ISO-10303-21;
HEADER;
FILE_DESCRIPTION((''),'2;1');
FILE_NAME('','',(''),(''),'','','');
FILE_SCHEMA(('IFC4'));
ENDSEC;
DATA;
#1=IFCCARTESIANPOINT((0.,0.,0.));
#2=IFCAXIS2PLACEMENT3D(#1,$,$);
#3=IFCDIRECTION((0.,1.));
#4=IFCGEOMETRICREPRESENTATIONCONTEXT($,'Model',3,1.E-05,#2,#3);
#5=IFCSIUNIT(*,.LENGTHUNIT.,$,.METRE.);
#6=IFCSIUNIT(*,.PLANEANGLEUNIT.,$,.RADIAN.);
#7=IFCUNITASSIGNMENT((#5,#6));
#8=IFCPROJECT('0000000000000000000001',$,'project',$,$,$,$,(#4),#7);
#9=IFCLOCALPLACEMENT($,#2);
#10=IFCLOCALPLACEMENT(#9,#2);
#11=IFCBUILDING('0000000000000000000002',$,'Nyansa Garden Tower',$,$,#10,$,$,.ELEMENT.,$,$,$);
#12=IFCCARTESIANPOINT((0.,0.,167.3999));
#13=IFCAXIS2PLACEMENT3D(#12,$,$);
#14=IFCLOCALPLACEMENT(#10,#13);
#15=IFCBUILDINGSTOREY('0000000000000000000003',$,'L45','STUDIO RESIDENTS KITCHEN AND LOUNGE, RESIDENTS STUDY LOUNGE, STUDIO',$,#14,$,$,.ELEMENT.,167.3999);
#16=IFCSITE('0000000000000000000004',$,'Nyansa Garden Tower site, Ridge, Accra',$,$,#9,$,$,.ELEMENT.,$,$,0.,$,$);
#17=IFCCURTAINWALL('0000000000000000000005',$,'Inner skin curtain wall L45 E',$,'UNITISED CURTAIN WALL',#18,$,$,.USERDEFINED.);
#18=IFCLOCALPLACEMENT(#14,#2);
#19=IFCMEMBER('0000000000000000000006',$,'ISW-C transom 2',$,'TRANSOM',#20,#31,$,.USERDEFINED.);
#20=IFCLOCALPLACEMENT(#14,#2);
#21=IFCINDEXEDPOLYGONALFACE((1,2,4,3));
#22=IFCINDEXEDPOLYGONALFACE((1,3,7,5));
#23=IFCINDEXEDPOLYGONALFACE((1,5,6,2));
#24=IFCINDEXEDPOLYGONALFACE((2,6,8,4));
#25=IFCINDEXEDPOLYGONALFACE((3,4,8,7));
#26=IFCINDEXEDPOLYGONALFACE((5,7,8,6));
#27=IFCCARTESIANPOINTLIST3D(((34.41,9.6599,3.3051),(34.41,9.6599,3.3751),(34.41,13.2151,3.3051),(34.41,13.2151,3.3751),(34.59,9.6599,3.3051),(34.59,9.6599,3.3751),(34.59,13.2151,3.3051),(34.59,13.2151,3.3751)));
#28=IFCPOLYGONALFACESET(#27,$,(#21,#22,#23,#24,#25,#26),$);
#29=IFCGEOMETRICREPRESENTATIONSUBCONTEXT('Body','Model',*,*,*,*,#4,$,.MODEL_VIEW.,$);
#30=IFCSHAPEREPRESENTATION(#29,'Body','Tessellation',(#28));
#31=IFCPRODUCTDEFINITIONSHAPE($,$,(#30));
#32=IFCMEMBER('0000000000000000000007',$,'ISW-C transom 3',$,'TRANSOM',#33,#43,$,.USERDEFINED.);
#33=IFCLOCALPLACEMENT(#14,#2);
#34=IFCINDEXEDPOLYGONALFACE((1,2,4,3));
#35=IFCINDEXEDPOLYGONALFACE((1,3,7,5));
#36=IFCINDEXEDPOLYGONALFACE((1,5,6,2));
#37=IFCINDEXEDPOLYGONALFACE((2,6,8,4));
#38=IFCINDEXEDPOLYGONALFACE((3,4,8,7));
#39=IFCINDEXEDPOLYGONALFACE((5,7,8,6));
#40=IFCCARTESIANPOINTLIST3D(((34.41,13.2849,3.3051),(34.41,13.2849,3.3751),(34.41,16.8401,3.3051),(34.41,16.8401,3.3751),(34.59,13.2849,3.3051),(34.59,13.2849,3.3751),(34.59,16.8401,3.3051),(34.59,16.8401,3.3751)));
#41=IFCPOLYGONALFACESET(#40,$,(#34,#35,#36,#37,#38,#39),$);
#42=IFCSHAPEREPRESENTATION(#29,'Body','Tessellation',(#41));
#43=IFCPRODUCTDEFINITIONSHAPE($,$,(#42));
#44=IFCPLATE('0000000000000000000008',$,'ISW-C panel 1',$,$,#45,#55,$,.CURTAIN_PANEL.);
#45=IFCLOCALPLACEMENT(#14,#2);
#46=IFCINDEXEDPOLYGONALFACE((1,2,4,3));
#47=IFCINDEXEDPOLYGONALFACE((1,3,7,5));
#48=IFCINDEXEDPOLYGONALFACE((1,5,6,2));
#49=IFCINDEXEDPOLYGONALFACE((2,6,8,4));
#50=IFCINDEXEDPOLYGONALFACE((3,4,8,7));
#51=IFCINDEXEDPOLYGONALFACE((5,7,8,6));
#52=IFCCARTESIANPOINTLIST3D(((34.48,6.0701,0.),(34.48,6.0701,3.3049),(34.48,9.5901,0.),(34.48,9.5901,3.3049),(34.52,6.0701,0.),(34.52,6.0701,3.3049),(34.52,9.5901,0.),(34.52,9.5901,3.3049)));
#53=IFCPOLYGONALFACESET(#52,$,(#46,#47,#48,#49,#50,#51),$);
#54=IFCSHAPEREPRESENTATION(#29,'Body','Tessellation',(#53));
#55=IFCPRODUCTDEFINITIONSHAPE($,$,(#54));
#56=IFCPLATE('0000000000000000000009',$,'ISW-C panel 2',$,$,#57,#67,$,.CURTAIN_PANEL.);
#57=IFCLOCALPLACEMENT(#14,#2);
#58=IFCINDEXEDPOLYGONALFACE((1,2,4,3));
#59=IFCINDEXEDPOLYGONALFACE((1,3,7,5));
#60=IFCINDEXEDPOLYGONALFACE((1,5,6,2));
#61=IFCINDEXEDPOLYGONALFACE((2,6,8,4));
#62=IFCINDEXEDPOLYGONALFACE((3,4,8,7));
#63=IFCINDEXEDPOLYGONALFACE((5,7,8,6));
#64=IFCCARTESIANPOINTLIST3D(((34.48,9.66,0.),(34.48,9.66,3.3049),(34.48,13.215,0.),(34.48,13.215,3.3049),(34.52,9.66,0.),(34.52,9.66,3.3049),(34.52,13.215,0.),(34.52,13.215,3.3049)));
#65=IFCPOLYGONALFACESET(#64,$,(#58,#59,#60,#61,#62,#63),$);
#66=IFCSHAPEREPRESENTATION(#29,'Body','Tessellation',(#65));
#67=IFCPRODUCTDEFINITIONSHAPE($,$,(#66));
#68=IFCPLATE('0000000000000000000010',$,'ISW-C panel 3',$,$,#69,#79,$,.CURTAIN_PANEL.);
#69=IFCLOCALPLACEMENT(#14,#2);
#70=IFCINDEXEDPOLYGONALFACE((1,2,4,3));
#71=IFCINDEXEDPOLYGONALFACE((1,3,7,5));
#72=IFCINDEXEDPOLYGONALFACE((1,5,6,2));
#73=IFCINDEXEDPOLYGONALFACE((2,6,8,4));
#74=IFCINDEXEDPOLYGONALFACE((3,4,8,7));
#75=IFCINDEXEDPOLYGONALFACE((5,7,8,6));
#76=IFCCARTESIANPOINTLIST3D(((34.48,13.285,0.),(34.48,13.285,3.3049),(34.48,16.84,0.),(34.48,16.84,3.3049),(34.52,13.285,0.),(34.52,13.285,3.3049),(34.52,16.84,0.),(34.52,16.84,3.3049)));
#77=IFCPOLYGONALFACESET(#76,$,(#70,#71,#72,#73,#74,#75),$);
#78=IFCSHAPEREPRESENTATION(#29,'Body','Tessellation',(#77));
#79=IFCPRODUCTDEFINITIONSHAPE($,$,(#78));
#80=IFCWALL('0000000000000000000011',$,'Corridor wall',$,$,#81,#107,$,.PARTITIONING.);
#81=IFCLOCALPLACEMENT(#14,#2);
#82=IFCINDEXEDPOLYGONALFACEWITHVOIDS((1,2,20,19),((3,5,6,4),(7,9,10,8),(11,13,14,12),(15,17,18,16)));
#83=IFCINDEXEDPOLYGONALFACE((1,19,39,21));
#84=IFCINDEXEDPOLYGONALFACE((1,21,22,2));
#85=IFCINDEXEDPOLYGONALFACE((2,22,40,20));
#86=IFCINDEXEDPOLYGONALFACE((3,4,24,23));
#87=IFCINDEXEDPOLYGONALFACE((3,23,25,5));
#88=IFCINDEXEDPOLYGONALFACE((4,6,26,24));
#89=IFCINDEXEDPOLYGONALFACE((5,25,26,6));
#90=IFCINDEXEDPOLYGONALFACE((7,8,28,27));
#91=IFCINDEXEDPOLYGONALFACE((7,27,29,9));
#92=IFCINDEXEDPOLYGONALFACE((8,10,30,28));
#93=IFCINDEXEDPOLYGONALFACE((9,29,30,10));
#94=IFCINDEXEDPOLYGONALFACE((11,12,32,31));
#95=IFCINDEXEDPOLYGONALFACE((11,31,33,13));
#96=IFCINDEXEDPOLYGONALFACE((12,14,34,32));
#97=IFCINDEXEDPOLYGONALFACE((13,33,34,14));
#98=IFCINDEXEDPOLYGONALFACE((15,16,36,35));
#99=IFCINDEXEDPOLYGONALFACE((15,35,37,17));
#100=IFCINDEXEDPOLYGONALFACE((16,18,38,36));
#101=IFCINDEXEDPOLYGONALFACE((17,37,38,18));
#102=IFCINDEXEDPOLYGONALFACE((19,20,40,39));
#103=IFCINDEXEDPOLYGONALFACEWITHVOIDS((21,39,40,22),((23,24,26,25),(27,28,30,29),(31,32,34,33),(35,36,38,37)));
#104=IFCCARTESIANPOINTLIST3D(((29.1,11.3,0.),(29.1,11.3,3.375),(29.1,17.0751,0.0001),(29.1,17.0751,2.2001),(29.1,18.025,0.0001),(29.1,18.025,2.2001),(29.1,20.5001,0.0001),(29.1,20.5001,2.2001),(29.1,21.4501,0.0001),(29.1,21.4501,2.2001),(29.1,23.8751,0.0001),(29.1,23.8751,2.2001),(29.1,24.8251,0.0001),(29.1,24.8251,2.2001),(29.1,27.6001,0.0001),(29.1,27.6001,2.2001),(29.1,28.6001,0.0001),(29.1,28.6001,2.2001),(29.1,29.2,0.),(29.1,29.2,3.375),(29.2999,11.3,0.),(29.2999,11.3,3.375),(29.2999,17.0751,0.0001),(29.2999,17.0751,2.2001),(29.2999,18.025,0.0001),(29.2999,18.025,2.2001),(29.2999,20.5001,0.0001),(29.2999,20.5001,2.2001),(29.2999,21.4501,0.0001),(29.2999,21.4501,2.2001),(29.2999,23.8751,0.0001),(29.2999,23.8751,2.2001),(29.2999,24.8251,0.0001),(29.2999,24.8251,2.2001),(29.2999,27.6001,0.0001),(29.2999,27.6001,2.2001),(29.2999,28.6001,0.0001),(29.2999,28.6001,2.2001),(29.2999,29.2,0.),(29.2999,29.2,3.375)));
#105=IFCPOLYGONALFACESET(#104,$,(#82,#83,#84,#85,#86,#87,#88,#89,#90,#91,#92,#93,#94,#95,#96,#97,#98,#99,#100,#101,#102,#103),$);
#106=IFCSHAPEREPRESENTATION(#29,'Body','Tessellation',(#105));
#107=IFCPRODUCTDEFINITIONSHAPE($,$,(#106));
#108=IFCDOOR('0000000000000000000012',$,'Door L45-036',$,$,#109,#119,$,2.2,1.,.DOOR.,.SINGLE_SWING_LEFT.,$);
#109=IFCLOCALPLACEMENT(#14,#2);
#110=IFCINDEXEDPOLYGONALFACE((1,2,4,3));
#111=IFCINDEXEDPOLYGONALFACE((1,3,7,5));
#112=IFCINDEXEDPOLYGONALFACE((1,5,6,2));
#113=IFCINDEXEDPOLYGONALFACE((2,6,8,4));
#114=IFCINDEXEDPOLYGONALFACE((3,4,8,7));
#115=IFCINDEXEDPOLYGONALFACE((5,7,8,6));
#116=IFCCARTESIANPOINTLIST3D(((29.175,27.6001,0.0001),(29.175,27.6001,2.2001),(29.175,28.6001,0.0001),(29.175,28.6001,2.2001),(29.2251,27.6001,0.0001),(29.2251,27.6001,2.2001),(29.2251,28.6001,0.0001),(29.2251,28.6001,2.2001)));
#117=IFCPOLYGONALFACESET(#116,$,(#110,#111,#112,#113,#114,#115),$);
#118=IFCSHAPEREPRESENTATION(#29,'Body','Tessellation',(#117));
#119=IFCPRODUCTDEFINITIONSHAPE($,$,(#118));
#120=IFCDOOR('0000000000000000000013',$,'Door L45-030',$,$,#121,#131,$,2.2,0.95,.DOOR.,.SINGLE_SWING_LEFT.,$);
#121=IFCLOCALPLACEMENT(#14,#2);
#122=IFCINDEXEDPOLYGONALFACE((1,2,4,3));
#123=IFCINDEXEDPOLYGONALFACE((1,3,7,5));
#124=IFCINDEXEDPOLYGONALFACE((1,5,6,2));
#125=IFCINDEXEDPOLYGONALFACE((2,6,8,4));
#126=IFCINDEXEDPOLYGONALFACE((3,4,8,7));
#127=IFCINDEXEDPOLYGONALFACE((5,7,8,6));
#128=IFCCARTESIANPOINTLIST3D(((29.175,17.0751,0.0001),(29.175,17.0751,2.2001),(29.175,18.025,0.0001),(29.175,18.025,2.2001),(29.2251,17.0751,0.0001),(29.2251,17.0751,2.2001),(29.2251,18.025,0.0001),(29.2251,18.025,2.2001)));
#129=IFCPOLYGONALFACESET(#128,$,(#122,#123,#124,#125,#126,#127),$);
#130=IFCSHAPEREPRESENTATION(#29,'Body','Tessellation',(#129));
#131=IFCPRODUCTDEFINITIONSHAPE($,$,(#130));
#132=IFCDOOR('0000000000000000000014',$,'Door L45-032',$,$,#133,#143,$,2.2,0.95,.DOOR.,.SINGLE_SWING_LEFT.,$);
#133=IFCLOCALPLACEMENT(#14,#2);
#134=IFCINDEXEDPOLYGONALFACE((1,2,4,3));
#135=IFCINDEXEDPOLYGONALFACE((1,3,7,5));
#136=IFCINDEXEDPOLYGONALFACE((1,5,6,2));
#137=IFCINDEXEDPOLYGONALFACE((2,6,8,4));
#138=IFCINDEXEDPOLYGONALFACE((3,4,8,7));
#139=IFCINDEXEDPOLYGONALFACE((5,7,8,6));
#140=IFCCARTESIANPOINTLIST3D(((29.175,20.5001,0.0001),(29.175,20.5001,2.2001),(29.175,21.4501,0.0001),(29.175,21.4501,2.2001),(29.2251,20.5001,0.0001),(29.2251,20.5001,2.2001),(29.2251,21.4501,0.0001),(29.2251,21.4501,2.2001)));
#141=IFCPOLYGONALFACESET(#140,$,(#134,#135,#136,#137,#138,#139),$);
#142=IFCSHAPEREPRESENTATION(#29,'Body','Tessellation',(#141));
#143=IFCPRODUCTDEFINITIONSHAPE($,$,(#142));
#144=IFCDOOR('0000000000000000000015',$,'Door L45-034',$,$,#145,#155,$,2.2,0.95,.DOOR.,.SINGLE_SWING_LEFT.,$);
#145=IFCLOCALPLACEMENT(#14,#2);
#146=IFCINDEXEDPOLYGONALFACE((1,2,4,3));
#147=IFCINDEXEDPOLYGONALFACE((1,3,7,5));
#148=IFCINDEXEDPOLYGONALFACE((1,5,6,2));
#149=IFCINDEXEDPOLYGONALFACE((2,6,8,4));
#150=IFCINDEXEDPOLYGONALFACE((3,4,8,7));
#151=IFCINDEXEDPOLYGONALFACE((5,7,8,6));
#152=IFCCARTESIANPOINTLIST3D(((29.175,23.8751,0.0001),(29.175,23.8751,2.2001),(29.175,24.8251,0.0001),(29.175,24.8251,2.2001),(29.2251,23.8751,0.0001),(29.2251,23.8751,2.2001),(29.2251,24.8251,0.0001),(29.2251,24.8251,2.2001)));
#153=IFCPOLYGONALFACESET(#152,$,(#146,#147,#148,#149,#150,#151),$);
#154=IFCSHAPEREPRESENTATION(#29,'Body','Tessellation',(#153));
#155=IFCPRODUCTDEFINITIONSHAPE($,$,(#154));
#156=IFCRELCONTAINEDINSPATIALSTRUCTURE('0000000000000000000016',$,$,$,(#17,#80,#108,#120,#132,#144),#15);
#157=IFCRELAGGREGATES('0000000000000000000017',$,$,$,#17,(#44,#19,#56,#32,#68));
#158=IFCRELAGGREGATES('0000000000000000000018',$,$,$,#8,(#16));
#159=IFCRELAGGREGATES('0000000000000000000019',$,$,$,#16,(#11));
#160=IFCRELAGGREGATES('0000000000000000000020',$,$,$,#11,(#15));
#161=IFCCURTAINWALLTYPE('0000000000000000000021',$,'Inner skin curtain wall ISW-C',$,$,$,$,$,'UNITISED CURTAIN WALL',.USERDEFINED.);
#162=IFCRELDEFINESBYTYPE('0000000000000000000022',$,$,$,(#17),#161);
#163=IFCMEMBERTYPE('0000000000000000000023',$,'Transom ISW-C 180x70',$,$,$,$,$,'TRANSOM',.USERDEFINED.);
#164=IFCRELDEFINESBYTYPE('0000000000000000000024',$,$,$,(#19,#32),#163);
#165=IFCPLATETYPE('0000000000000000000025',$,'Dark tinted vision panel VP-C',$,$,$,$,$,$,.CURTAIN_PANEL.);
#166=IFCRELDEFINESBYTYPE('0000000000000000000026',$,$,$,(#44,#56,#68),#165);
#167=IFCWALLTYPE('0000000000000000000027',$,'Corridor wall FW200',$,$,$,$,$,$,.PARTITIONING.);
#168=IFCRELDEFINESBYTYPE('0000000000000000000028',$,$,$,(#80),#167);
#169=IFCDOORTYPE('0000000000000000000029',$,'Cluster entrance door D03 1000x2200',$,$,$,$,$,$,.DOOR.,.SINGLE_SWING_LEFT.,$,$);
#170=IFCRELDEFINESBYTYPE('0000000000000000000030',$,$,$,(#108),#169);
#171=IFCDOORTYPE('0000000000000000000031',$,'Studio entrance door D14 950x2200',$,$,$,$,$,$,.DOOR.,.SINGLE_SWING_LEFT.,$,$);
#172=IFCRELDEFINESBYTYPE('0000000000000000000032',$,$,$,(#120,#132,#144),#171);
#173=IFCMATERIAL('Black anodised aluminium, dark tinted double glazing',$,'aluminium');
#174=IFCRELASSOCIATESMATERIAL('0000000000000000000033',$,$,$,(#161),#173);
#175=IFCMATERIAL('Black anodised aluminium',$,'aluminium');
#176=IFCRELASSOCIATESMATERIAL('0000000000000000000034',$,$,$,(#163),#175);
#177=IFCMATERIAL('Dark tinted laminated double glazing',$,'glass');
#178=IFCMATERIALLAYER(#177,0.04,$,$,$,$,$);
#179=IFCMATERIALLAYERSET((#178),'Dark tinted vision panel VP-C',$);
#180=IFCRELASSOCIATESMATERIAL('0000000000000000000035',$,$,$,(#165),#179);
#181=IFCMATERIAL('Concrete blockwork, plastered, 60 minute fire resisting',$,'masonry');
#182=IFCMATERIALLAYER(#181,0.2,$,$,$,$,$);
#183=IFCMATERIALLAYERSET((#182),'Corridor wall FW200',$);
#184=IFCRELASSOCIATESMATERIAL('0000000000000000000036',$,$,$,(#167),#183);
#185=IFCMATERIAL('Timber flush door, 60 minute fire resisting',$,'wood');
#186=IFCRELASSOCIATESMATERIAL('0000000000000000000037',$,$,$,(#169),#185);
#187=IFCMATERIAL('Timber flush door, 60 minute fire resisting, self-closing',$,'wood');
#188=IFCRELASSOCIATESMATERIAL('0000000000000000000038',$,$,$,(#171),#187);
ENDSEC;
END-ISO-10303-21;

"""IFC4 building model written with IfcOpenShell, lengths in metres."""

from ifc_helpers import new_model, si_unit, direction, frame, frame_2d, origin, origin_2d, place, context, subcontext, project, spatial, rectangle, extrude, material, layer, layer_set, material_profile, profile_set, type_object, element, fill, aggregate, save


model = new_model("IFC4")

# Units and contexts
model_context = context("Model", 3, precision=1e-05, world=origin(), true_north=direction((0.0, 1.0)))
body_context = subcontext(model_context, "Body", "Model", "MODEL_VIEW")
ifc_project = project(units=[si_unit("LENGTHUNIT", "METRE"), si_unit("PLANEANGLEUNIT", "RADIAN")], contexts=[model_context])

# Site, building, storey
site_placement = place(None, origin())
site = spatial("IfcSite", under=ifc_project, at=site_placement, Name="Nyansa Garden Tower site, Ridge, Accra", CompositionType="ELEMENT", RefElevation=0.0)
building_placement = place(site_placement, origin())
building = spatial("IfcBuilding", under=site, at=building_placement, Name="Nyansa Garden Tower", CompositionType="ELEMENT")
storey_placement = place(building_placement, frame((0.0, 0.0, 167.3999)))
storey = spatial("IfcBuildingStorey", under=building, at=storey_placement, Name="L45", Description="STUDIO RESIDENTS KITCHEN AND LOUNGE, RESIDENTS STUDY LOUNGE, STUDIO", CompositionType="ELEMENT", Elevation=167.3999)

# Curtain wall
ifc_material_1 = material(Name="Black anodised aluminium, dark tinted double glazing", Category="aluminium")
curtain_wall_type = type_object("IfcCurtainWallType", Name="Inner skin curtain wall ISW-C", ElementType="UNITISED CURTAIN WALL", PredefinedType="USERDEFINED", material=ifc_material_1)
curtain_wall_placement = place(storey_placement, origin())
curtain_wall = element("IfcCurtainWall", 1, at=curtain_wall_placement, inside=storey, type_object=curtain_wall_type, Name="Inner skin curtain wall L45 E", ObjectType="UNITISED CURTAIN WALL", PredefinedType="USERDEFINED")

# Members
ifc_material_2 = material(Name="Black anodised aluminium", Category="aluminium")
ifc_material_profile_1 = material_profile(ifc_material_2, rectangle(XDim=0.1799, YDim=0.0701, at=origin_2d()), Name="Transom 180x70")
ifc_profile_set_1 = profile_set([ifc_material_profile_1], Name="Black anodised aluminium")
member_type_1 = type_object("IfcMemberType", Name="Transom ISW-C 180x70", ElementType="TRANSOM", PredefinedType="USERDEFINED", material=ifc_profile_set_1)
member_1_placement = place(storey_placement, frame((34.5, 9.6599, 3.3401), z_axis=(0.0, 1.0, 0.0), x_axis=(-1.0, 0.0, 0.0)))
member_1 = element("IfcMember", 2, at=member_1_placement, type_object=member_type_1, Name="ISW-C transom 2", ObjectType="TRANSOM", PredefinedType="USERDEFINED", context=body_context, shape_type="SweptSolid", body=[
    extrude(rectangle(XDim=0.1799, YDim=0.0701, at=origin_2d()), origin(), (0.0, 0.0, 1.0), 3.5552),
])
member_2_placement = place(storey_placement, frame((34.5, 13.2849, 3.3401), z_axis=(0.0, 1.0, 0.0), x_axis=(-1.0, 0.0, 0.0)))
member_2 = element("IfcMember", 3, at=member_2_placement, type_object=member_type_1, Name="ISW-C transom 3", ObjectType="TRANSOM", PredefinedType="USERDEFINED", context=body_context, shape_type="SweptSolid", body=[
    extrude(rectangle(XDim=0.1799, YDim=0.0701, at=origin_2d()), origin(), (0.0, 0.0, 1.0), 3.5552),
])

# Plates
ifc_material_3 = material(Name="Dark tinted laminated double glazing", Category="glass")
ifc_layer_1 = layer(ifc_material_3, 0.04)
ifc_layer_set_1 = layer_set([ifc_layer_1], Name="Dark tinted vision panel VP-C")
plate_type = type_object("IfcPlateType", Name="Dark tinted vision panel VP-C", PredefinedType="CURTAIN_PANEL", material=ifc_layer_set_1)
plate_1_placement = place(storey_placement, frame((34.5, 7.8301, 0.0), z_axis=(0.0, 0.0, 1.0), x_axis=(0.0, 1.0, 0.0)))
plate_1 = element("IfcPlate", 4, at=plate_1_placement, type_object=plate_type, Name="ISW-C panel 1", PredefinedType="CURTAIN_PANEL", context=body_context, shape_type="SweptSolid", body=[
    extrude(rectangle(XDim=3.52, YDim=0.04, at=origin_2d()), origin(), (0.0, 0.0, 1.0), 3.3049),
])
plate_2_placement = place(storey_placement, frame((34.5, 11.4375, 0.0), z_axis=(0.0, 0.0, 1.0), x_axis=(0.0, 1.0, 0.0)))
plate_2 = element("IfcPlate", 5, at=plate_2_placement, type_object=plate_type, Name="ISW-C panel 2", PredefinedType="CURTAIN_PANEL", context=body_context, shape_type="SweptSolid", body=[
    extrude(rectangle(XDim=3.5549, YDim=0.04, at=origin_2d()), origin(), (0.0, 0.0, 1.0), 3.3049),
])
plate_3_placement = place(storey_placement, frame((34.5, 15.0625, 0.0), z_axis=(0.0, 0.0, 1.0), x_axis=(0.0, 1.0, 0.0)))
plate_3 = element("IfcPlate", 6, at=plate_3_placement, type_object=plate_type, Name="ISW-C panel 3", PredefinedType="CURTAIN_PANEL", context=body_context, shape_type="SweptSolid", body=[
    extrude(rectangle(XDim=3.5549, YDim=0.04, at=origin_2d()), origin(), (0.0, 0.0, 1.0), 3.3049),
])
aggregate(curtain_wall, [plate_1, member_1, plate_2, member_2, plate_3])

# Wall, openings, doors
ifc_material_4 = material(Name="Concrete blockwork, plastered, 60 minute fire resisting", Category="masonry")
ifc_layer_2 = layer(ifc_material_4, 0.2)
ifc_layer_set_2 = layer_set([ifc_layer_2], Name="Corridor wall FW200")
wall_type = type_object("IfcWallType", Name="Corridor wall FW200", PredefinedType="PARTITIONING", material=ifc_layer_set_2)
wall_placement = place(storey_placement, frame((29.2, 11.3, 0.0), z_axis=(0.0, 0.0, 1.0), x_axis=(0.0, 1.0, 0.0)))
wall = element("IfcWall", 7, at=wall_placement, inside=storey, type_object=wall_type, Name="Corridor wall", PredefinedType="PARTITIONING", context=body_context, shape_type="SweptSolid", body=[
    extrude(rectangle(XDim=17.8999, YDim=0.2, at=frame_2d((8.95, 0.0))), origin(), (0.0, 0.0, 1.0), 3.375),
])
opening_1_placement = place(wall_placement, frame((5.7749, 0.0, 0.0)))
opening_1 = element("IfcOpeningElement", 8, at=opening_1_placement, cuts=wall, PredefinedType="OPENING", context=body_context, shape_type="SweptSolid", body=[
    extrude(rectangle(XDim=0.95, YDim=2.2, at=frame_2d((0.4751, 1.1001))), frame((0.0, 0.1099, 0.0), z_axis=(0.0, -1.0, 0.0), x_axis=(1.0, 0.0, 0.0)), (0.0, 0.0, 1.0), 0.22),
])
opening_2_placement = place(wall_placement, frame((9.2, 0.0, 0.0)))
opening_2 = element("IfcOpeningElement", 9, at=opening_2_placement, cuts=wall, PredefinedType="OPENING", context=body_context, shape_type="SweptSolid", body=[
    extrude(rectangle(XDim=0.95, YDim=2.2, at=frame_2d((0.4751, 1.1001))), frame((0.0, 0.1099, 0.0), z_axis=(0.0, -1.0, 0.0), x_axis=(1.0, 0.0, 0.0)), (0.0, 0.0, 1.0), 0.22),
])
opening_3_placement = place(wall_placement, frame((12.575, 0.0, 0.0)))
opening_3 = element("IfcOpeningElement", 10, at=opening_3_placement, cuts=wall, PredefinedType="OPENING", context=body_context, shape_type="SweptSolid", body=[
    extrude(rectangle(XDim=0.95, YDim=2.2, at=frame_2d((0.4751, 1.1001))), frame((0.0, 0.1099, 0.0), z_axis=(0.0, -1.0, 0.0), x_axis=(1.0, 0.0, 0.0)), (0.0, 0.0, 1.0), 0.22),
])
opening_4_placement = place(wall_placement, frame((16.3, 0.0, 0.0)))
opening_4 = element("IfcOpeningElement", 11, at=opening_4_placement, cuts=wall, PredefinedType="OPENING", context=body_context, shape_type="SweptSolid", body=[
    extrude(rectangle(XDim=1.0, YDim=2.2, at=frame_2d((0.5, 1.1001))), frame((0.0, 0.1099, 0.0), z_axis=(0.0, -1.0, 0.0), x_axis=(1.0, 0.0, 0.0)), (0.0, 0.0, 1.0), 0.22),
])
ifc_material_5 = material(Name="Timber flush door, 60 minute fire resisting", Category="wood")
door_type_1 = type_object("IfcDoorType", Name="Cluster entrance door D03 1000x2200", OperationType="SINGLE_SWING_LEFT", PredefinedType="DOOR", material=ifc_material_5)
door_1_placement = place(opening_4_placement, origin())
door_1 = element("IfcDoor", 12, at=door_1_placement, inside=storey, type_object=door_type_1, Name="Door L45-036", OperationType="SINGLE_SWING_LEFT", OverallHeight=2.2, OverallWidth=1.0, PredefinedType="DOOR", context=body_context, shape_type="SweptSolid", body=[
    extrude(rectangle(XDim=1.0, YDim=2.2, at=frame_2d((0.5, 1.1001))), frame((0.0, 0.0249, 0.0), z_axis=(0.0, -1.0, 0.0), x_axis=(1.0, 0.0, 0.0)), (0.0, 0.0, 1.0), 0.05),
])
fill(opening_4, door_1)
ifc_material_6 = material(Name="Timber flush door, 60 minute fire resisting, self-closing", Category="wood")
door_type_2 = type_object("IfcDoorType", Name="Studio entrance door D14 950x2200", OperationType="SINGLE_SWING_LEFT", PredefinedType="DOOR", material=ifc_material_6)
door_2_placement = place(opening_1_placement, origin())
door_2 = element("IfcDoor", 13, at=door_2_placement, inside=storey, type_object=door_type_2, Name="Door L45-030", OperationType="SINGLE_SWING_LEFT", OverallHeight=2.2, OverallWidth=0.95, PredefinedType="DOOR", context=body_context, shape_type="SweptSolid", body=[
    extrude(rectangle(XDim=0.95, YDim=2.2, at=frame_2d((0.4751, 1.1001))), frame((0.0, 0.0249, 0.0), z_axis=(0.0, -1.0, 0.0), x_axis=(1.0, 0.0, 0.0)), (0.0, 0.0, 1.0), 0.05),
])
fill(opening_1, door_2)
door_3_placement = place(opening_2_placement, origin())
door_3 = element("IfcDoor", 14, at=door_3_placement, inside=storey, type_object=door_type_2, Name="Door L45-032", OperationType="SINGLE_SWING_LEFT", OverallHeight=2.2, OverallWidth=0.95, PredefinedType="DOOR", context=body_context, shape_type="SweptSolid", body=[
    extrude(rectangle(XDim=0.95, YDim=2.2, at=frame_2d((0.4751, 1.1001))), frame((0.0, 0.0249, 0.0), z_axis=(0.0, -1.0, 0.0), x_axis=(1.0, 0.0, 0.0)), (0.0, 0.0, 1.0), 0.05),
])
fill(opening_2, door_3)
door_4_placement = place(opening_3_placement, origin())
door_4 = element("IfcDoor", 15, at=door_4_placement, inside=storey, type_object=door_type_2, Name="Door L45-034", OperationType="SINGLE_SWING_LEFT", OverallHeight=2.2, OverallWidth=0.95, PredefinedType="DOOR", context=body_context, shape_type="SweptSolid", body=[
    extrude(rectangle(XDim=0.95, YDim=2.2, at=frame_2d((0.4751, 1.1001))), frame((0.0, 0.0249, 0.0), z_axis=(0.0, -1.0, 0.0), x_axis=(1.0, 0.0, 0.0)), (0.0, 0.0, 1.0), 0.05),
])
fill(opening_3, door_4)

save(model, "model.ifc")
